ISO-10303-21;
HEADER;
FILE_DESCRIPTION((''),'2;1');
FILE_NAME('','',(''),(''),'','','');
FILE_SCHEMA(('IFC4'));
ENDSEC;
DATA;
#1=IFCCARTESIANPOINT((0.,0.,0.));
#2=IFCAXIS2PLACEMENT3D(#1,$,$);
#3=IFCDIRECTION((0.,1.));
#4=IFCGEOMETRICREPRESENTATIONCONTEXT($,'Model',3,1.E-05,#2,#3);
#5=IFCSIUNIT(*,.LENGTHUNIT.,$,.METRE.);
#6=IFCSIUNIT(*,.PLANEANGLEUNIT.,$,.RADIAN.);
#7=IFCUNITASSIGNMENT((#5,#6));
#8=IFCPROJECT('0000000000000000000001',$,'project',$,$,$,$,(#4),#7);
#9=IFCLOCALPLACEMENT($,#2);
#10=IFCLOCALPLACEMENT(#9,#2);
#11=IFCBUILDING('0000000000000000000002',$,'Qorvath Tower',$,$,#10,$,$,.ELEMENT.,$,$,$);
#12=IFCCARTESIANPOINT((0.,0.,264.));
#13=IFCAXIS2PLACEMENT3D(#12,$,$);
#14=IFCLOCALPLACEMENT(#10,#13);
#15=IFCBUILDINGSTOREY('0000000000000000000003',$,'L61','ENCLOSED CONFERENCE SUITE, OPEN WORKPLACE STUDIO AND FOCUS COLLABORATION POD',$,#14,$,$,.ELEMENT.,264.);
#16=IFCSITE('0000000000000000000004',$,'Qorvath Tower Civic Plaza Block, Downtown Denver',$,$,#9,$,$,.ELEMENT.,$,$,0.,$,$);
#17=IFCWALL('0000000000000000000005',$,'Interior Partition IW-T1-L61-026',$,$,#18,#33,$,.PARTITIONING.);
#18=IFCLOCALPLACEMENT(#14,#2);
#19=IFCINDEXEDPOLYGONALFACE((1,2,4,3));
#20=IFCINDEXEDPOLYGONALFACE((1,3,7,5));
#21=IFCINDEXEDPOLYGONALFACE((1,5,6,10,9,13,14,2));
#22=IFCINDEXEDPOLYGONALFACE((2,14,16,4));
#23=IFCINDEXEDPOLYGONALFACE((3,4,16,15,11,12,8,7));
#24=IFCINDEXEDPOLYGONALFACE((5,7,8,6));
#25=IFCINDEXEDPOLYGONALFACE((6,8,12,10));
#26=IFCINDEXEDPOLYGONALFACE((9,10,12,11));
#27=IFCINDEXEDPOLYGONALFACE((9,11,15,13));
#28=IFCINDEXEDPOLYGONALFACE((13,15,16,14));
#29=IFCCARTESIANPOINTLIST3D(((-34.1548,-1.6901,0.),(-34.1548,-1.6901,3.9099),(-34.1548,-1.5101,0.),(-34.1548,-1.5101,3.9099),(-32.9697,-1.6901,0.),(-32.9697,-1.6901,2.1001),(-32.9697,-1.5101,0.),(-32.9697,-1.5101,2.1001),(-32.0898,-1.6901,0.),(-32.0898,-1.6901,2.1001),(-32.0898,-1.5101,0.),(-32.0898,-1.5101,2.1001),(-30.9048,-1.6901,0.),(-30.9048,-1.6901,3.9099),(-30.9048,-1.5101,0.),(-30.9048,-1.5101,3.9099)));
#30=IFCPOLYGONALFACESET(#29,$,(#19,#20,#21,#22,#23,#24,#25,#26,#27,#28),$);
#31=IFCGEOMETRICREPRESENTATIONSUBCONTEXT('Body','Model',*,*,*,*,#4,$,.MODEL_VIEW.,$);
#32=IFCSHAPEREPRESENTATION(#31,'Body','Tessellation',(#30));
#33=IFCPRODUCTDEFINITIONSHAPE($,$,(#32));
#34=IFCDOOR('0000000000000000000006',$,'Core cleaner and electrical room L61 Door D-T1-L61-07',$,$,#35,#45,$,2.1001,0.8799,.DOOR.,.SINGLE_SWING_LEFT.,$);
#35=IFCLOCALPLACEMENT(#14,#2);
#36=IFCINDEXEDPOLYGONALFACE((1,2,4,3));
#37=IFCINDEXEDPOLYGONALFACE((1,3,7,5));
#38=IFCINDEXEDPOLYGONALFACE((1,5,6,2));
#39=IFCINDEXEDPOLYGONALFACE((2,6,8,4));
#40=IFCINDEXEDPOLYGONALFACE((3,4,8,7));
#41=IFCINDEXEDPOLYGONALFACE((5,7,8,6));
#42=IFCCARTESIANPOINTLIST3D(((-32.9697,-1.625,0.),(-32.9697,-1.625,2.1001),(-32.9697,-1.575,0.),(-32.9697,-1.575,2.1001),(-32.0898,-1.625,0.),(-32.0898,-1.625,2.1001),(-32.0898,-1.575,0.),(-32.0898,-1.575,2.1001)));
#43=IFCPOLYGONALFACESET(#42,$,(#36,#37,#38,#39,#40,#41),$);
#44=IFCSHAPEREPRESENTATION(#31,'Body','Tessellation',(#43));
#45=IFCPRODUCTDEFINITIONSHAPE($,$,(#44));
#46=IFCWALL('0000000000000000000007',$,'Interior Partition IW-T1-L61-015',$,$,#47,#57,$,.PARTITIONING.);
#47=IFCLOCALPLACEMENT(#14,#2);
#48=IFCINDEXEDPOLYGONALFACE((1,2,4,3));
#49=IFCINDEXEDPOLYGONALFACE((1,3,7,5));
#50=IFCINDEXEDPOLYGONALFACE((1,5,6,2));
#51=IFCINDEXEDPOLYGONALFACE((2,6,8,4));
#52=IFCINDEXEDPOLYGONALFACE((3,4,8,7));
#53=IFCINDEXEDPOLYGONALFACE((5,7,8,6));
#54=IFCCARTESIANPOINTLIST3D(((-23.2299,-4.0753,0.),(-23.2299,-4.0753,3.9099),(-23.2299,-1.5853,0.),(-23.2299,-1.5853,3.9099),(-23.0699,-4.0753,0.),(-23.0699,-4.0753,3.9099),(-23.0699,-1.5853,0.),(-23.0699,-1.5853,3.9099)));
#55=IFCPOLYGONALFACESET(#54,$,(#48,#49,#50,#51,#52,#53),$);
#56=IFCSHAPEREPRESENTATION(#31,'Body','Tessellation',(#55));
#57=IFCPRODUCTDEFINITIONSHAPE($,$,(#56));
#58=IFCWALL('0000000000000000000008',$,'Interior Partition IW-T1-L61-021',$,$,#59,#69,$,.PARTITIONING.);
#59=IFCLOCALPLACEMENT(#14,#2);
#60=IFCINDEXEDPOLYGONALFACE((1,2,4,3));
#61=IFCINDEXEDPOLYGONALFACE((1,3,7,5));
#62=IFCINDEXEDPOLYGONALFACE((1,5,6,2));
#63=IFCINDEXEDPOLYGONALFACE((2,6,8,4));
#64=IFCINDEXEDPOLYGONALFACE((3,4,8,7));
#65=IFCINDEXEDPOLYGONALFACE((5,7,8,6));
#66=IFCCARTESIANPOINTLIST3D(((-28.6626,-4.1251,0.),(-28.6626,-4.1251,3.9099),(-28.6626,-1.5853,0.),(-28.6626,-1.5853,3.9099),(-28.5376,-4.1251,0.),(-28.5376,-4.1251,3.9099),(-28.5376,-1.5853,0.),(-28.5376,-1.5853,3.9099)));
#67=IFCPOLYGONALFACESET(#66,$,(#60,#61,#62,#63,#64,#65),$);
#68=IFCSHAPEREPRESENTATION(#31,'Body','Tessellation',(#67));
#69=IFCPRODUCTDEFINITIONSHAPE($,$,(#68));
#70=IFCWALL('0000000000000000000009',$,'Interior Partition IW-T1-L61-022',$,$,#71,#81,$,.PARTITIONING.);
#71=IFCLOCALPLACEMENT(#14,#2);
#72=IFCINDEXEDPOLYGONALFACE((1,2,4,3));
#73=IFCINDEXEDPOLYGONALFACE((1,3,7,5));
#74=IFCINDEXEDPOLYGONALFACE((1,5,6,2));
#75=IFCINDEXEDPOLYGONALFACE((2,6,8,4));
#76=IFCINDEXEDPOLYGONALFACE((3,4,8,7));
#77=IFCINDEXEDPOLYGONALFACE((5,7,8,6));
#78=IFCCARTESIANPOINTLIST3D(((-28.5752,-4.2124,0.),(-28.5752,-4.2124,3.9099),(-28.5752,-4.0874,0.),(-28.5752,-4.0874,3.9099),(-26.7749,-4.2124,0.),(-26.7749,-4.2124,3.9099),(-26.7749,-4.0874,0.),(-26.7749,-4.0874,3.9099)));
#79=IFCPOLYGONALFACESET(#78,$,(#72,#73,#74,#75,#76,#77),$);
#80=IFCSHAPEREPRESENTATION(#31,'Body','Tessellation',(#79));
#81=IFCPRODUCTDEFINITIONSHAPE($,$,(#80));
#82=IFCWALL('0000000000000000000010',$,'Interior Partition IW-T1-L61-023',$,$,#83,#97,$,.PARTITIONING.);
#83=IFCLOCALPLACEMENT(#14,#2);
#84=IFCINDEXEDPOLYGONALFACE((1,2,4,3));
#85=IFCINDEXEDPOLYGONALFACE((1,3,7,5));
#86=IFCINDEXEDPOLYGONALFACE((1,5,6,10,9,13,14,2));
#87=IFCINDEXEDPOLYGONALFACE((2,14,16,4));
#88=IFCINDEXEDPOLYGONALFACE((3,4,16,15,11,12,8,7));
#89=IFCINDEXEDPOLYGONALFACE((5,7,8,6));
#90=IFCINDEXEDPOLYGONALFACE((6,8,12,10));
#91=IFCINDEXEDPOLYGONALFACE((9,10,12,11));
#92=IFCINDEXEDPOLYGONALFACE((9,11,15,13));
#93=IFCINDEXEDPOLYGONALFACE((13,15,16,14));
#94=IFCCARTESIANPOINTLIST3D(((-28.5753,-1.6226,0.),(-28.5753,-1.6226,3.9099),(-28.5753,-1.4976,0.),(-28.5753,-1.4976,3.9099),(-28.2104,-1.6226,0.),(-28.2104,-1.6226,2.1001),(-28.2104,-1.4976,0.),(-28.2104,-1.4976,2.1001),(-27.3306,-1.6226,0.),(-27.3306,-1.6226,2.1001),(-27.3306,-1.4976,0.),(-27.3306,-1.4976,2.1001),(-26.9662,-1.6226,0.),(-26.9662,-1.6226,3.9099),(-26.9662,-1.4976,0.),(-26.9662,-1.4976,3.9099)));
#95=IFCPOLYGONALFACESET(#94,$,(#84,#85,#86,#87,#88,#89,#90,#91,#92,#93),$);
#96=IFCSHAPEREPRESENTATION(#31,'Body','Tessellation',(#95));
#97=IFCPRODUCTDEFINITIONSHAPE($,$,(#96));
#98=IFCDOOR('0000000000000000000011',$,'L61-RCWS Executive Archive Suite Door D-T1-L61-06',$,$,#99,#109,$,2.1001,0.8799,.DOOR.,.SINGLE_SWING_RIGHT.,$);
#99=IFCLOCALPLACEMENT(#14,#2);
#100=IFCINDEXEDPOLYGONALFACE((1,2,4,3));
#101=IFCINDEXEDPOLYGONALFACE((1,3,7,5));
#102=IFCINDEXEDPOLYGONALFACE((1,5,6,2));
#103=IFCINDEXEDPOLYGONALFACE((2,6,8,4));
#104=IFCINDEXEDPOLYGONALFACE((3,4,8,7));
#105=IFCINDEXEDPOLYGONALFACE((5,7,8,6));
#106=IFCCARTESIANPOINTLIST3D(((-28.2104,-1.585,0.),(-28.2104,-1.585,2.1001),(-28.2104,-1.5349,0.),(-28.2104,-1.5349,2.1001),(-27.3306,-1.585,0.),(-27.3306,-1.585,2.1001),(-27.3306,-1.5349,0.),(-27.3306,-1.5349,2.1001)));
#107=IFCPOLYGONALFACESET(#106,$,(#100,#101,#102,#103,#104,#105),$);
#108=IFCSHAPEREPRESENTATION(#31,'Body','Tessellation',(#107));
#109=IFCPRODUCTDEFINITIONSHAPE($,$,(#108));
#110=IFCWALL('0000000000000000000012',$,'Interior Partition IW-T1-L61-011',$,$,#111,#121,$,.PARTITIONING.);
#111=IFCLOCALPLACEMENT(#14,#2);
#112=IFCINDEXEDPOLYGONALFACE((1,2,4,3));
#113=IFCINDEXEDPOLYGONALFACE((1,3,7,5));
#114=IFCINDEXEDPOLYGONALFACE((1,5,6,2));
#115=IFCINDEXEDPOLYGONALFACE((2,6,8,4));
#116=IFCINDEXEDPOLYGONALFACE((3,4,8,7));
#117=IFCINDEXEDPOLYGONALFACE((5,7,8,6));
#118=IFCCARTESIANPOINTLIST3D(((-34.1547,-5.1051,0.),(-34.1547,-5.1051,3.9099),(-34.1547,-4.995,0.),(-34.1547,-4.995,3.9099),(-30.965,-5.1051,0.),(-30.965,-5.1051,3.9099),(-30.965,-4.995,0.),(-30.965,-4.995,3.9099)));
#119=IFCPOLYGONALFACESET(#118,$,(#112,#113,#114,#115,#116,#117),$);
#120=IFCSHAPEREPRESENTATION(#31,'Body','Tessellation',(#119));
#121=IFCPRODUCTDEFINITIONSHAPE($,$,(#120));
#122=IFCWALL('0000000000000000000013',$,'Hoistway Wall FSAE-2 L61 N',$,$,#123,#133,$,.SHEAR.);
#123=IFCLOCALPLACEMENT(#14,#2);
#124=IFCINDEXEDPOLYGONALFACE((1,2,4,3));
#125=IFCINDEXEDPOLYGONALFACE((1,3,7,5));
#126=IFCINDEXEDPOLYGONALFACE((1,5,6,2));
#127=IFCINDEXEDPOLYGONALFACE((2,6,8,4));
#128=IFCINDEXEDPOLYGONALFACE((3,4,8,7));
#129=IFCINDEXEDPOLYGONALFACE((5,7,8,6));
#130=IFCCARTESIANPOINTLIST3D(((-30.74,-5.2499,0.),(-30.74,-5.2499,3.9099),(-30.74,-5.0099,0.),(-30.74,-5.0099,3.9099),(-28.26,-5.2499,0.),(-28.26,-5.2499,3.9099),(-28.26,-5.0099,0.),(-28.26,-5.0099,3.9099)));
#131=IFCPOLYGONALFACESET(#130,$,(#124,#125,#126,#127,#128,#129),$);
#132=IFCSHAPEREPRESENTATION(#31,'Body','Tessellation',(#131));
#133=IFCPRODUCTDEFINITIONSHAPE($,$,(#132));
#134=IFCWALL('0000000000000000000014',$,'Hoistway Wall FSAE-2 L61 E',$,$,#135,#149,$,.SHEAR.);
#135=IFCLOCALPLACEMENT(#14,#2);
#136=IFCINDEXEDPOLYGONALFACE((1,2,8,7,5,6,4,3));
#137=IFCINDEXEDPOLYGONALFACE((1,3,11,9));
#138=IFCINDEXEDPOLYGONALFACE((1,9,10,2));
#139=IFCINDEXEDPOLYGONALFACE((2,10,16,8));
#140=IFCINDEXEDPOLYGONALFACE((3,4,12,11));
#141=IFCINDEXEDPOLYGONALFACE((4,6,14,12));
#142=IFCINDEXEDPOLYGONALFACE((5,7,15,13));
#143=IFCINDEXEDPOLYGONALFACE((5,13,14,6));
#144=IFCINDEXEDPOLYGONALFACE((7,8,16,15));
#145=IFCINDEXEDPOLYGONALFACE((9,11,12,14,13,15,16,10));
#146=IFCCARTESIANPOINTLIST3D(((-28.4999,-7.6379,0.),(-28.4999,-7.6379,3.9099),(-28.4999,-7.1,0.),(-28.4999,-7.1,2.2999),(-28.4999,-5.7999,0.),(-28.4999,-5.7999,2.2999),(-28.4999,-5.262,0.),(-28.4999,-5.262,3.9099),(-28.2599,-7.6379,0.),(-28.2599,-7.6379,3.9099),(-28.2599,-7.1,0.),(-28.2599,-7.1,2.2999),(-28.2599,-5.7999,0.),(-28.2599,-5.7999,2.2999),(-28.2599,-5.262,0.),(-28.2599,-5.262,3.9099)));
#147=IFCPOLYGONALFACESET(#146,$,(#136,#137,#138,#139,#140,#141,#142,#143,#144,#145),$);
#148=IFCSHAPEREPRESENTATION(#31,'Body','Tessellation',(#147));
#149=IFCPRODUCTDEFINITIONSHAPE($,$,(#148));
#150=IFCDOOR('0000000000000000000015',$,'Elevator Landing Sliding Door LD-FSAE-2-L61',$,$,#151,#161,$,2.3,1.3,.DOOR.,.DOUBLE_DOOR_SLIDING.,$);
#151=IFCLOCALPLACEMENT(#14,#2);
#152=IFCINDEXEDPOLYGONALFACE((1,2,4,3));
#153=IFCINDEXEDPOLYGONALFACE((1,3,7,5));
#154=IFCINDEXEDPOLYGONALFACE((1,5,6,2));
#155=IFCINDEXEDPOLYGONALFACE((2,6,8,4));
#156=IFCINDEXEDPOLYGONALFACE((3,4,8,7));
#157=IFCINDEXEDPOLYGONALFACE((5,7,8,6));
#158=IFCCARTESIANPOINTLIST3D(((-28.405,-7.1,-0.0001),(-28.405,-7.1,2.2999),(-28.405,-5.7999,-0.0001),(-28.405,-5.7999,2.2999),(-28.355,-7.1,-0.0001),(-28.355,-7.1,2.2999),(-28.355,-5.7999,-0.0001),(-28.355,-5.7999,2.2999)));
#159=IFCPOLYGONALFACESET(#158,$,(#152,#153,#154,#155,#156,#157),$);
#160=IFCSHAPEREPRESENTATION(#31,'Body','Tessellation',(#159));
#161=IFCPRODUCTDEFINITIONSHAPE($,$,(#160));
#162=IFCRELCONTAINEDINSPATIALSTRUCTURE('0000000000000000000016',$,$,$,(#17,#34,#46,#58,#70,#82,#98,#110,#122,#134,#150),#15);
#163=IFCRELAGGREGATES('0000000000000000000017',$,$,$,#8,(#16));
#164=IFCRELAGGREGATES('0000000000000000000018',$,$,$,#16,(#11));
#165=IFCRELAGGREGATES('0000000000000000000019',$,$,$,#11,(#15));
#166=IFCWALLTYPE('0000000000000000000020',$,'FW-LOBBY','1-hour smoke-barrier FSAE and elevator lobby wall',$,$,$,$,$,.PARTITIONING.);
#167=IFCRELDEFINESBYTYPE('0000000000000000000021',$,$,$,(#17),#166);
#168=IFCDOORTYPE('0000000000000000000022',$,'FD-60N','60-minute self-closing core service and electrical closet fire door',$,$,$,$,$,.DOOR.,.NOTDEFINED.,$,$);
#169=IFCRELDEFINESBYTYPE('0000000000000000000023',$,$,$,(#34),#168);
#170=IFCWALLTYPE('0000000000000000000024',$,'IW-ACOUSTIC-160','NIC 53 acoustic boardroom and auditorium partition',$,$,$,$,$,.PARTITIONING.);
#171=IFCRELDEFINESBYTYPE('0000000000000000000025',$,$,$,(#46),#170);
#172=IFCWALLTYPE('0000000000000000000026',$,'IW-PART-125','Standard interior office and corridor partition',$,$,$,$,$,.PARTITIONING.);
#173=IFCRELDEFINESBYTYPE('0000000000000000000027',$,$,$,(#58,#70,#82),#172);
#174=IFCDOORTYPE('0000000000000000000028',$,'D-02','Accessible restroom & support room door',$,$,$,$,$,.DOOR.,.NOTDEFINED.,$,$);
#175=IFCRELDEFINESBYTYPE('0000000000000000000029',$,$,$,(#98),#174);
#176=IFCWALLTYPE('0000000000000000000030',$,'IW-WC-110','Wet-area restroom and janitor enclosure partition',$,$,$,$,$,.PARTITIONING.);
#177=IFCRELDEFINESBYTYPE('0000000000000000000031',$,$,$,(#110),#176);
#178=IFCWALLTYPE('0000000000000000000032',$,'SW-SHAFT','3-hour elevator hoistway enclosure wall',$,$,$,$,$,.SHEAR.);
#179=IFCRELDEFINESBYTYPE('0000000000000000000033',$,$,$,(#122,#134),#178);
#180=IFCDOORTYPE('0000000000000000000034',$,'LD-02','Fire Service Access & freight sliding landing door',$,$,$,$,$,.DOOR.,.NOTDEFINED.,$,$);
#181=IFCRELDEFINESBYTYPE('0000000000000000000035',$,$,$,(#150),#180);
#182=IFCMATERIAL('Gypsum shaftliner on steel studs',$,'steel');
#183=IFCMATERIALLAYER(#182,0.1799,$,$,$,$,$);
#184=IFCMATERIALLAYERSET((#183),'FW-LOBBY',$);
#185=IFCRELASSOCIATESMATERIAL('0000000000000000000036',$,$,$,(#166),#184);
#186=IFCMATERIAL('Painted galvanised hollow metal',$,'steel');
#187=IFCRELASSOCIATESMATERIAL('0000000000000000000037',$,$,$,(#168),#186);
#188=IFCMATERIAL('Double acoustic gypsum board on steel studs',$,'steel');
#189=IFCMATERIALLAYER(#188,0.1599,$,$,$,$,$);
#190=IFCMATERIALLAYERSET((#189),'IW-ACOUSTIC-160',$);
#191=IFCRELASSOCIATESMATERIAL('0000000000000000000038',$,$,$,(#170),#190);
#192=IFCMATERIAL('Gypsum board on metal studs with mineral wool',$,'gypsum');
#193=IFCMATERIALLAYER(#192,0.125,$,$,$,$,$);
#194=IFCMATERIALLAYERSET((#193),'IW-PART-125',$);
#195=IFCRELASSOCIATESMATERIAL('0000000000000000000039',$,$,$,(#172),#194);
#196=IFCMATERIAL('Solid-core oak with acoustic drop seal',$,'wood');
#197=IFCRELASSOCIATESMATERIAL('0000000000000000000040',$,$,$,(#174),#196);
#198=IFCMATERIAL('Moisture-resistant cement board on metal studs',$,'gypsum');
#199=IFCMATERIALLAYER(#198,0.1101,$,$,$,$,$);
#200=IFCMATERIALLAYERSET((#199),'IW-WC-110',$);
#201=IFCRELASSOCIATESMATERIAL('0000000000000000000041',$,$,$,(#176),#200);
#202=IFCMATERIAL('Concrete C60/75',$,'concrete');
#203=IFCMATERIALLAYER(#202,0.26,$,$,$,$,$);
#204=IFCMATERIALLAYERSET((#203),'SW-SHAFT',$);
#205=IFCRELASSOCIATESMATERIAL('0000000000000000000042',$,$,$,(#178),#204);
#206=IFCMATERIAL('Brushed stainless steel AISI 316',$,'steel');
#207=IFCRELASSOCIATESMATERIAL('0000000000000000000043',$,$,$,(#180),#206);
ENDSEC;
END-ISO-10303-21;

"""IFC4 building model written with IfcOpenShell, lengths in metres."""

from ifc_helpers import new_model, si_unit, direction, frame, frame_2d, origin, place, context, subcontext, project, spatial, rectangle, extrude, material, layer, layer_set, type_object, element, fill, save


model = new_model("IFC4")

# Units and contexts
model_context = context("Model", 3, precision=1e-05, world=origin(), true_north=direction((0.0, 1.0)))
body_context = subcontext(model_context, "Body", "Model", "MODEL_VIEW")
ifc_project = project(units=[si_unit("LENGTHUNIT", "METRE"), si_unit("PLANEANGLEUNIT", "RADIAN")], contexts=[model_context])

# Site, building, storey
site_placement = place(None, origin())
site = spatial("IfcSite", under=ifc_project, at=site_placement, Name="Qorvath Tower Civic Plaza Block, Downtown Denver", CompositionType="ELEMENT", RefElevation=0.0)
building_placement = place(site_placement, origin())
building = spatial("IfcBuilding", under=site, at=building_placement, Name="Qorvath Tower", CompositionType="ELEMENT")
storey_placement = place(building_placement, frame((0.0, 0.0, 264.0)))
storey = spatial("IfcBuildingStorey", under=building, at=storey_placement, Name="L61", Description="ENCLOSED CONFERENCE SUITE, OPEN WORKPLACE STUDIO AND FOCUS COLLABORATION POD", CompositionType="ELEMENT", Elevation=264.0)

# Shared definitions
ifc_material_1 = material(Name="Gypsum shaftliner on steel studs", Category="steel")
ifc_layer_1 = layer(ifc_material_1, 0.1799)
ifc_layer_set_1 = layer_set([ifc_layer_1], Name="FW-LOBBY")
wall_type_1 = type_object("IfcWallType", Name="FW-LOBBY", Description="1-hour smoke-barrier FSAE and elevator lobby wall", PredefinedType="PARTITIONING", material=ifc_layer_set_1)

# Wall, opening, door
wall_1_placement = place(storey_placement, frame((-30.9048, -1.6001, 0.0), z_axis=(0.0, 0.0, 1.0), x_axis=(-1.0, 0.0, 0.0)))
wall_1 = element("IfcWall", 1, at=wall_1_placement, inside=storey, type_object=wall_type_1, Name="Interior Partition IW-T1-L61-026", PredefinedType="PARTITIONING", context=body_context, shape_type="SweptSolid", body=[
    extrude(rectangle(XDim=3.25, YDim=0.1799, at=frame_2d((1.625, 0.0))), origin(), (0.0, 0.0, 1.0), 3.9099),
])
opening_1_placement = place(wall_1_placement, frame((1.1851, 0.0, 0.0)))
opening_1 = element("IfcOpeningElement", 2, at=opening_1_placement, cuts=wall_1, PredefinedType="OPENING", context=body_context, shape_type="SweptSolid", body=[
    extrude(rectangle(XDim=0.8799, YDim=2.1001, at=frame_2d((0.4399, 1.05))), frame((0.0, 0.1001, 0.0), z_axis=(0.0, -1.0, 0.0), x_axis=(1.0, 0.0, 0.0)), (0.0, 0.0, 1.0), 0.2),
])
ifc_material_2 = material(Name="Painted galvanised hollow metal", Category="steel")
door_type_1 = type_object("IfcDoorType", Name="FD-60N", Description="60-minute self-closing core service and electrical closet fire door", OperationType="NOTDEFINED", PredefinedType="DOOR", material=ifc_material_2)
door_1_placement = place(opening_1_placement, origin())
door_1 = element("IfcDoor", 3, at=door_1_placement, inside=storey, type_object=door_type_1, Name="Core cleaner and electrical room L61 Door D-T1-L61-07", OperationType="SINGLE_SWING_LEFT", OverallHeight=2.1001, OverallWidth=0.8799, PredefinedType="DOOR", context=body_context, shape_type="SweptSolid", body=[
    extrude(rectangle(XDim=0.8799, YDim=2.1001, at=frame_2d((0.4399, 1.05))), frame((0.0, 0.0249, 0.0), z_axis=(0.0, -1.0, 0.0), x_axis=(1.0, 0.0, 0.0)), (0.0, 0.0, 1.0), 0.05),
])
fill(opening_1, door_1)

# Walls
ifc_material_3 = material(Name="Double acoustic gypsum board on steel studs", Category="steel")
ifc_layer_2 = layer(ifc_material_3, 0.1599)
ifc_layer_set_2 = layer_set([ifc_layer_2], Name="IW-ACOUSTIC-160")
wall_type_2 = type_object("IfcWallType", Name="IW-ACOUSTIC-160", Description="NIC 53 acoustic boardroom and auditorium partition", PredefinedType="PARTITIONING", material=ifc_layer_set_2)
wall_2_placement = place(storey_placement, frame((-23.1499, -1.5852, 0.0), z_axis=(0.0, 0.0, 1.0), x_axis=(0.0, -1.0, 0.0)))
element("IfcWall", 4, at=wall_2_placement, inside=storey, type_object=wall_type_2, Name="Interior Partition IW-T1-L61-015", PredefinedType="PARTITIONING", context=body_context, shape_type="SweptSolid", body=[
    extrude(rectangle(XDim=2.49, YDim=0.1599, at=frame_2d((1.2451, 0.0))), origin(), (0.0, 0.0, 1.0), 3.9099),
])
ifc_material_4 = material(Name="Gypsum board on metal studs with mineral wool", Category="gypsum")
ifc_layer_3 = layer(ifc_material_4, 0.125)
ifc_layer_set_3 = layer_set([ifc_layer_3], Name="IW-PART-125")
wall_type_3 = type_object("IfcWallType", Name="IW-PART-125", Description="Standard interior office and corridor partition", PredefinedType="PARTITIONING", material=ifc_layer_set_3)
wall_3_placement = place(storey_placement, frame((-28.6001, -1.5852, 0.0), z_axis=(0.0, 0.0, 1.0), x_axis=(0.0, -1.0, 0.0)))
element("IfcWall", 5, at=wall_3_placement, inside=storey, type_object=wall_type_3, Name="Interior Partition IW-T1-L61-021", PredefinedType="PARTITIONING", context=body_context, shape_type="SweptSolid", body=[
    extrude(rectangle(XDim=2.5398, YDim=0.125, at=frame_2d((1.27, 0.0))), origin(), (0.0, 0.0, 1.0), 3.9099),
])
wall_4_placement = place(storey_placement, frame((-28.5752, -4.1499, 0.0), z_axis=(0.0, 0.0, 1.0), x_axis=(1.0, 0.0, 0.0)))
element("IfcWall", 6, at=wall_4_placement, inside=storey, type_object=wall_type_3, Name="Interior Partition IW-T1-L61-022", PredefinedType="PARTITIONING", context=body_context, shape_type="SweptSolid", body=[
    extrude(rectangle(XDim=1.8003, YDim=0.125, at=frame_2d((0.9001, 0.0))), origin(), (0.0, 0.0, 1.0), 3.9099),
])

# Wall, opening, door
wall_5_placement = place(storey_placement, frame((-26.9661, -1.5601, 0.0), z_axis=(0.0, 0.0, 1.0), x_axis=(-1.0, 0.0, 0.0)))
wall_5 = element("IfcWall", 7, at=wall_5_placement, inside=storey, type_object=wall_type_3, Name="Interior Partition IW-T1-L61-023", PredefinedType="PARTITIONING", context=body_context, shape_type="SweptSolid", body=[
    extrude(rectangle(XDim=1.6091, YDim=0.125, at=frame_2d((0.8047, 0.0))), origin(), (0.0, 0.0, 1.0), 3.9099),
])
opening_2_placement = place(wall_5_placement, frame((0.3645, 0.0, 0.0)))
opening_2 = element("IfcOpeningElement", 8, at=opening_2_placement, cuts=wall_5, PredefinedType="OPENING", context=body_context, shape_type="SweptSolid", body=[
    extrude(rectangle(XDim=0.8799, YDim=2.1001, at=frame_2d((0.4399, 1.05))), frame((0.0, 0.0725, 0.0), z_axis=(0.0, -1.0, 0.0), x_axis=(1.0, 0.0, 0.0)), (0.0, 0.0, 1.0), 0.145),
])
ifc_material_5 = material(Name="Solid-core oak with acoustic drop seal", Category="wood")
door_type_2 = type_object("IfcDoorType", Name="D-02", Description="Accessible restroom & support room door", OperationType="NOTDEFINED", PredefinedType="DOOR", material=ifc_material_5)
door_2_placement = place(opening_2_placement, origin())
door_2 = element("IfcDoor", 9, at=door_2_placement, inside=storey, type_object=door_type_2, Name="L61-RCWS Executive Archive Suite Door D-T1-L61-06", OperationType="SINGLE_SWING_RIGHT", OverallHeight=2.1001, OverallWidth=0.8799, PredefinedType="DOOR", context=body_context, shape_type="SweptSolid", body=[
    extrude(rectangle(XDim=0.8799, YDim=2.1001, at=frame_2d((0.4399, 1.05))), frame((0.0, 0.0249, 0.0), z_axis=(0.0, -1.0, 0.0), x_axis=(1.0, 0.0, 0.0)), (0.0, 0.0, 1.0), 0.05),
])
fill(opening_2, door_2)

# Walls
ifc_material_6 = material(Name="Moisture-resistant cement board on metal studs", Category="gypsum")
ifc_layer_4 = layer(ifc_material_6, 0.1101)
ifc_layer_set_4 = layer_set([ifc_layer_4], Name="IW-WC-110")
wall_type_4 = type_object("IfcWallType", Name="IW-WC-110", Description="Wet-area restroom and janitor enclosure partition", PredefinedType="PARTITIONING", material=ifc_layer_set_4)
wall_6_placement = place(storey_placement, frame((-30.9651, -5.05, 0.0), z_axis=(0.0, 0.0, 1.0), x_axis=(-1.0, 0.0, 0.0)))
element("IfcWall", 10, at=wall_6_placement, inside=storey, type_object=wall_type_4, Name="Interior Partition IW-T1-L61-011", PredefinedType="PARTITIONING", context=body_context, shape_type="SweptSolid", body=[
    extrude(rectangle(XDim=3.1897, YDim=0.1101, at=frame_2d((1.5947, 0.0))), origin(), (0.0, 0.0, 1.0), 3.9099),
])
ifc_material_7 = material(Name="Concrete C60/75", Category="concrete")
ifc_layer_5 = layer(ifc_material_7, 0.26)
ifc_layer_set_5 = layer_set([ifc_layer_5], Name="SW-SHAFT")
wall_type_5 = type_object("IfcWallType", Name="SW-SHAFT", Description="3-hour elevator hoistway enclosure wall", PredefinedType="SHEAR", material=ifc_layer_set_5)
wall_7_placement = place(storey_placement, frame((-30.74, -5.1299, 0.0), z_axis=(0.0, 0.0, 1.0), x_axis=(1.0, 0.0, 0.0)))
element("IfcWall", 11, at=wall_7_placement, inside=storey, type_object=wall_type_5, Name="Hoistway Wall FSAE-2 L61 N", PredefinedType="SHEAR", context=body_context, shape_type="SweptSolid", body=[
    extrude(rectangle(XDim=2.48, YDim=0.24, at=frame_2d((1.24, 0.0))), origin(), (0.0, 0.0, 1.0), 3.9099),
])

# Wall, opening, door
wall_8_placement = place(storey_placement, frame((-28.3799, -5.262, 0.0), z_axis=(0.0, 0.0, 1.0), x_axis=(0.0, -1.0, 0.0)))
wall_8 = element("IfcWall", 12, at=wall_8_placement, inside=storey, type_object=wall_type_5, Name="Hoistway Wall FSAE-2 L61 E", PredefinedType="SHEAR", context=body_context, shape_type="SweptSolid", body=[
    extrude(rectangle(XDim=2.376, YDim=0.24, at=frame_2d((1.188, 0.0))), origin(), (0.0, 0.0, 1.0), 3.9099),
])
opening_3_placement = place(wall_8_placement, frame((0.5381, 0.0, 0.0)))
opening_3 = element("IfcOpeningElement", 13, at=opening_3_placement, cuts=wall_8, PredefinedType="OPENING", context=body_context, shape_type="SweptSolid", body=[
    extrude(rectangle(XDim=1.3, YDim=2.3, at=frame_2d((0.6499, 1.1499))), frame((0.0, 0.1299, 0.0), z_axis=(0.0, -1.0, 0.0), x_axis=(1.0, 0.0, 0.0)), (0.0, 0.0, 1.0), 0.26),
])
ifc_material_8 = material(Name="Brushed stainless steel AISI 316", Category="steel")
door_type_3 = type_object("IfcDoorType", Name="LD-02", Description="Fire Service Access & freight sliding landing door", OperationType="NOTDEFINED", PredefinedType="DOOR", material=ifc_material_8)
door_3_placement = place(opening_3_placement, origin())
door_3 = element("IfcDoor", 14, at=door_3_placement, inside=storey, type_object=door_type_3, Name="Elevator Landing Sliding Door LD-FSAE-2-L61", OperationType="DOUBLE_DOOR_SLIDING", OverallHeight=2.3, OverallWidth=1.3, PredefinedType="DOOR", context=body_context, shape_type="SweptSolid", body=[
    extrude(rectangle(XDim=1.3, YDim=2.3, at=frame_2d((0.6499, 1.1499))), frame((0.0, 0.0249, 0.0), z_axis=(0.0, -1.0, 0.0), x_axis=(1.0, 0.0, 0.0)), (0.0, 0.0, 1.0), 0.05),
])
fill(opening_3, door_3)

save(model, "model.ifc")
